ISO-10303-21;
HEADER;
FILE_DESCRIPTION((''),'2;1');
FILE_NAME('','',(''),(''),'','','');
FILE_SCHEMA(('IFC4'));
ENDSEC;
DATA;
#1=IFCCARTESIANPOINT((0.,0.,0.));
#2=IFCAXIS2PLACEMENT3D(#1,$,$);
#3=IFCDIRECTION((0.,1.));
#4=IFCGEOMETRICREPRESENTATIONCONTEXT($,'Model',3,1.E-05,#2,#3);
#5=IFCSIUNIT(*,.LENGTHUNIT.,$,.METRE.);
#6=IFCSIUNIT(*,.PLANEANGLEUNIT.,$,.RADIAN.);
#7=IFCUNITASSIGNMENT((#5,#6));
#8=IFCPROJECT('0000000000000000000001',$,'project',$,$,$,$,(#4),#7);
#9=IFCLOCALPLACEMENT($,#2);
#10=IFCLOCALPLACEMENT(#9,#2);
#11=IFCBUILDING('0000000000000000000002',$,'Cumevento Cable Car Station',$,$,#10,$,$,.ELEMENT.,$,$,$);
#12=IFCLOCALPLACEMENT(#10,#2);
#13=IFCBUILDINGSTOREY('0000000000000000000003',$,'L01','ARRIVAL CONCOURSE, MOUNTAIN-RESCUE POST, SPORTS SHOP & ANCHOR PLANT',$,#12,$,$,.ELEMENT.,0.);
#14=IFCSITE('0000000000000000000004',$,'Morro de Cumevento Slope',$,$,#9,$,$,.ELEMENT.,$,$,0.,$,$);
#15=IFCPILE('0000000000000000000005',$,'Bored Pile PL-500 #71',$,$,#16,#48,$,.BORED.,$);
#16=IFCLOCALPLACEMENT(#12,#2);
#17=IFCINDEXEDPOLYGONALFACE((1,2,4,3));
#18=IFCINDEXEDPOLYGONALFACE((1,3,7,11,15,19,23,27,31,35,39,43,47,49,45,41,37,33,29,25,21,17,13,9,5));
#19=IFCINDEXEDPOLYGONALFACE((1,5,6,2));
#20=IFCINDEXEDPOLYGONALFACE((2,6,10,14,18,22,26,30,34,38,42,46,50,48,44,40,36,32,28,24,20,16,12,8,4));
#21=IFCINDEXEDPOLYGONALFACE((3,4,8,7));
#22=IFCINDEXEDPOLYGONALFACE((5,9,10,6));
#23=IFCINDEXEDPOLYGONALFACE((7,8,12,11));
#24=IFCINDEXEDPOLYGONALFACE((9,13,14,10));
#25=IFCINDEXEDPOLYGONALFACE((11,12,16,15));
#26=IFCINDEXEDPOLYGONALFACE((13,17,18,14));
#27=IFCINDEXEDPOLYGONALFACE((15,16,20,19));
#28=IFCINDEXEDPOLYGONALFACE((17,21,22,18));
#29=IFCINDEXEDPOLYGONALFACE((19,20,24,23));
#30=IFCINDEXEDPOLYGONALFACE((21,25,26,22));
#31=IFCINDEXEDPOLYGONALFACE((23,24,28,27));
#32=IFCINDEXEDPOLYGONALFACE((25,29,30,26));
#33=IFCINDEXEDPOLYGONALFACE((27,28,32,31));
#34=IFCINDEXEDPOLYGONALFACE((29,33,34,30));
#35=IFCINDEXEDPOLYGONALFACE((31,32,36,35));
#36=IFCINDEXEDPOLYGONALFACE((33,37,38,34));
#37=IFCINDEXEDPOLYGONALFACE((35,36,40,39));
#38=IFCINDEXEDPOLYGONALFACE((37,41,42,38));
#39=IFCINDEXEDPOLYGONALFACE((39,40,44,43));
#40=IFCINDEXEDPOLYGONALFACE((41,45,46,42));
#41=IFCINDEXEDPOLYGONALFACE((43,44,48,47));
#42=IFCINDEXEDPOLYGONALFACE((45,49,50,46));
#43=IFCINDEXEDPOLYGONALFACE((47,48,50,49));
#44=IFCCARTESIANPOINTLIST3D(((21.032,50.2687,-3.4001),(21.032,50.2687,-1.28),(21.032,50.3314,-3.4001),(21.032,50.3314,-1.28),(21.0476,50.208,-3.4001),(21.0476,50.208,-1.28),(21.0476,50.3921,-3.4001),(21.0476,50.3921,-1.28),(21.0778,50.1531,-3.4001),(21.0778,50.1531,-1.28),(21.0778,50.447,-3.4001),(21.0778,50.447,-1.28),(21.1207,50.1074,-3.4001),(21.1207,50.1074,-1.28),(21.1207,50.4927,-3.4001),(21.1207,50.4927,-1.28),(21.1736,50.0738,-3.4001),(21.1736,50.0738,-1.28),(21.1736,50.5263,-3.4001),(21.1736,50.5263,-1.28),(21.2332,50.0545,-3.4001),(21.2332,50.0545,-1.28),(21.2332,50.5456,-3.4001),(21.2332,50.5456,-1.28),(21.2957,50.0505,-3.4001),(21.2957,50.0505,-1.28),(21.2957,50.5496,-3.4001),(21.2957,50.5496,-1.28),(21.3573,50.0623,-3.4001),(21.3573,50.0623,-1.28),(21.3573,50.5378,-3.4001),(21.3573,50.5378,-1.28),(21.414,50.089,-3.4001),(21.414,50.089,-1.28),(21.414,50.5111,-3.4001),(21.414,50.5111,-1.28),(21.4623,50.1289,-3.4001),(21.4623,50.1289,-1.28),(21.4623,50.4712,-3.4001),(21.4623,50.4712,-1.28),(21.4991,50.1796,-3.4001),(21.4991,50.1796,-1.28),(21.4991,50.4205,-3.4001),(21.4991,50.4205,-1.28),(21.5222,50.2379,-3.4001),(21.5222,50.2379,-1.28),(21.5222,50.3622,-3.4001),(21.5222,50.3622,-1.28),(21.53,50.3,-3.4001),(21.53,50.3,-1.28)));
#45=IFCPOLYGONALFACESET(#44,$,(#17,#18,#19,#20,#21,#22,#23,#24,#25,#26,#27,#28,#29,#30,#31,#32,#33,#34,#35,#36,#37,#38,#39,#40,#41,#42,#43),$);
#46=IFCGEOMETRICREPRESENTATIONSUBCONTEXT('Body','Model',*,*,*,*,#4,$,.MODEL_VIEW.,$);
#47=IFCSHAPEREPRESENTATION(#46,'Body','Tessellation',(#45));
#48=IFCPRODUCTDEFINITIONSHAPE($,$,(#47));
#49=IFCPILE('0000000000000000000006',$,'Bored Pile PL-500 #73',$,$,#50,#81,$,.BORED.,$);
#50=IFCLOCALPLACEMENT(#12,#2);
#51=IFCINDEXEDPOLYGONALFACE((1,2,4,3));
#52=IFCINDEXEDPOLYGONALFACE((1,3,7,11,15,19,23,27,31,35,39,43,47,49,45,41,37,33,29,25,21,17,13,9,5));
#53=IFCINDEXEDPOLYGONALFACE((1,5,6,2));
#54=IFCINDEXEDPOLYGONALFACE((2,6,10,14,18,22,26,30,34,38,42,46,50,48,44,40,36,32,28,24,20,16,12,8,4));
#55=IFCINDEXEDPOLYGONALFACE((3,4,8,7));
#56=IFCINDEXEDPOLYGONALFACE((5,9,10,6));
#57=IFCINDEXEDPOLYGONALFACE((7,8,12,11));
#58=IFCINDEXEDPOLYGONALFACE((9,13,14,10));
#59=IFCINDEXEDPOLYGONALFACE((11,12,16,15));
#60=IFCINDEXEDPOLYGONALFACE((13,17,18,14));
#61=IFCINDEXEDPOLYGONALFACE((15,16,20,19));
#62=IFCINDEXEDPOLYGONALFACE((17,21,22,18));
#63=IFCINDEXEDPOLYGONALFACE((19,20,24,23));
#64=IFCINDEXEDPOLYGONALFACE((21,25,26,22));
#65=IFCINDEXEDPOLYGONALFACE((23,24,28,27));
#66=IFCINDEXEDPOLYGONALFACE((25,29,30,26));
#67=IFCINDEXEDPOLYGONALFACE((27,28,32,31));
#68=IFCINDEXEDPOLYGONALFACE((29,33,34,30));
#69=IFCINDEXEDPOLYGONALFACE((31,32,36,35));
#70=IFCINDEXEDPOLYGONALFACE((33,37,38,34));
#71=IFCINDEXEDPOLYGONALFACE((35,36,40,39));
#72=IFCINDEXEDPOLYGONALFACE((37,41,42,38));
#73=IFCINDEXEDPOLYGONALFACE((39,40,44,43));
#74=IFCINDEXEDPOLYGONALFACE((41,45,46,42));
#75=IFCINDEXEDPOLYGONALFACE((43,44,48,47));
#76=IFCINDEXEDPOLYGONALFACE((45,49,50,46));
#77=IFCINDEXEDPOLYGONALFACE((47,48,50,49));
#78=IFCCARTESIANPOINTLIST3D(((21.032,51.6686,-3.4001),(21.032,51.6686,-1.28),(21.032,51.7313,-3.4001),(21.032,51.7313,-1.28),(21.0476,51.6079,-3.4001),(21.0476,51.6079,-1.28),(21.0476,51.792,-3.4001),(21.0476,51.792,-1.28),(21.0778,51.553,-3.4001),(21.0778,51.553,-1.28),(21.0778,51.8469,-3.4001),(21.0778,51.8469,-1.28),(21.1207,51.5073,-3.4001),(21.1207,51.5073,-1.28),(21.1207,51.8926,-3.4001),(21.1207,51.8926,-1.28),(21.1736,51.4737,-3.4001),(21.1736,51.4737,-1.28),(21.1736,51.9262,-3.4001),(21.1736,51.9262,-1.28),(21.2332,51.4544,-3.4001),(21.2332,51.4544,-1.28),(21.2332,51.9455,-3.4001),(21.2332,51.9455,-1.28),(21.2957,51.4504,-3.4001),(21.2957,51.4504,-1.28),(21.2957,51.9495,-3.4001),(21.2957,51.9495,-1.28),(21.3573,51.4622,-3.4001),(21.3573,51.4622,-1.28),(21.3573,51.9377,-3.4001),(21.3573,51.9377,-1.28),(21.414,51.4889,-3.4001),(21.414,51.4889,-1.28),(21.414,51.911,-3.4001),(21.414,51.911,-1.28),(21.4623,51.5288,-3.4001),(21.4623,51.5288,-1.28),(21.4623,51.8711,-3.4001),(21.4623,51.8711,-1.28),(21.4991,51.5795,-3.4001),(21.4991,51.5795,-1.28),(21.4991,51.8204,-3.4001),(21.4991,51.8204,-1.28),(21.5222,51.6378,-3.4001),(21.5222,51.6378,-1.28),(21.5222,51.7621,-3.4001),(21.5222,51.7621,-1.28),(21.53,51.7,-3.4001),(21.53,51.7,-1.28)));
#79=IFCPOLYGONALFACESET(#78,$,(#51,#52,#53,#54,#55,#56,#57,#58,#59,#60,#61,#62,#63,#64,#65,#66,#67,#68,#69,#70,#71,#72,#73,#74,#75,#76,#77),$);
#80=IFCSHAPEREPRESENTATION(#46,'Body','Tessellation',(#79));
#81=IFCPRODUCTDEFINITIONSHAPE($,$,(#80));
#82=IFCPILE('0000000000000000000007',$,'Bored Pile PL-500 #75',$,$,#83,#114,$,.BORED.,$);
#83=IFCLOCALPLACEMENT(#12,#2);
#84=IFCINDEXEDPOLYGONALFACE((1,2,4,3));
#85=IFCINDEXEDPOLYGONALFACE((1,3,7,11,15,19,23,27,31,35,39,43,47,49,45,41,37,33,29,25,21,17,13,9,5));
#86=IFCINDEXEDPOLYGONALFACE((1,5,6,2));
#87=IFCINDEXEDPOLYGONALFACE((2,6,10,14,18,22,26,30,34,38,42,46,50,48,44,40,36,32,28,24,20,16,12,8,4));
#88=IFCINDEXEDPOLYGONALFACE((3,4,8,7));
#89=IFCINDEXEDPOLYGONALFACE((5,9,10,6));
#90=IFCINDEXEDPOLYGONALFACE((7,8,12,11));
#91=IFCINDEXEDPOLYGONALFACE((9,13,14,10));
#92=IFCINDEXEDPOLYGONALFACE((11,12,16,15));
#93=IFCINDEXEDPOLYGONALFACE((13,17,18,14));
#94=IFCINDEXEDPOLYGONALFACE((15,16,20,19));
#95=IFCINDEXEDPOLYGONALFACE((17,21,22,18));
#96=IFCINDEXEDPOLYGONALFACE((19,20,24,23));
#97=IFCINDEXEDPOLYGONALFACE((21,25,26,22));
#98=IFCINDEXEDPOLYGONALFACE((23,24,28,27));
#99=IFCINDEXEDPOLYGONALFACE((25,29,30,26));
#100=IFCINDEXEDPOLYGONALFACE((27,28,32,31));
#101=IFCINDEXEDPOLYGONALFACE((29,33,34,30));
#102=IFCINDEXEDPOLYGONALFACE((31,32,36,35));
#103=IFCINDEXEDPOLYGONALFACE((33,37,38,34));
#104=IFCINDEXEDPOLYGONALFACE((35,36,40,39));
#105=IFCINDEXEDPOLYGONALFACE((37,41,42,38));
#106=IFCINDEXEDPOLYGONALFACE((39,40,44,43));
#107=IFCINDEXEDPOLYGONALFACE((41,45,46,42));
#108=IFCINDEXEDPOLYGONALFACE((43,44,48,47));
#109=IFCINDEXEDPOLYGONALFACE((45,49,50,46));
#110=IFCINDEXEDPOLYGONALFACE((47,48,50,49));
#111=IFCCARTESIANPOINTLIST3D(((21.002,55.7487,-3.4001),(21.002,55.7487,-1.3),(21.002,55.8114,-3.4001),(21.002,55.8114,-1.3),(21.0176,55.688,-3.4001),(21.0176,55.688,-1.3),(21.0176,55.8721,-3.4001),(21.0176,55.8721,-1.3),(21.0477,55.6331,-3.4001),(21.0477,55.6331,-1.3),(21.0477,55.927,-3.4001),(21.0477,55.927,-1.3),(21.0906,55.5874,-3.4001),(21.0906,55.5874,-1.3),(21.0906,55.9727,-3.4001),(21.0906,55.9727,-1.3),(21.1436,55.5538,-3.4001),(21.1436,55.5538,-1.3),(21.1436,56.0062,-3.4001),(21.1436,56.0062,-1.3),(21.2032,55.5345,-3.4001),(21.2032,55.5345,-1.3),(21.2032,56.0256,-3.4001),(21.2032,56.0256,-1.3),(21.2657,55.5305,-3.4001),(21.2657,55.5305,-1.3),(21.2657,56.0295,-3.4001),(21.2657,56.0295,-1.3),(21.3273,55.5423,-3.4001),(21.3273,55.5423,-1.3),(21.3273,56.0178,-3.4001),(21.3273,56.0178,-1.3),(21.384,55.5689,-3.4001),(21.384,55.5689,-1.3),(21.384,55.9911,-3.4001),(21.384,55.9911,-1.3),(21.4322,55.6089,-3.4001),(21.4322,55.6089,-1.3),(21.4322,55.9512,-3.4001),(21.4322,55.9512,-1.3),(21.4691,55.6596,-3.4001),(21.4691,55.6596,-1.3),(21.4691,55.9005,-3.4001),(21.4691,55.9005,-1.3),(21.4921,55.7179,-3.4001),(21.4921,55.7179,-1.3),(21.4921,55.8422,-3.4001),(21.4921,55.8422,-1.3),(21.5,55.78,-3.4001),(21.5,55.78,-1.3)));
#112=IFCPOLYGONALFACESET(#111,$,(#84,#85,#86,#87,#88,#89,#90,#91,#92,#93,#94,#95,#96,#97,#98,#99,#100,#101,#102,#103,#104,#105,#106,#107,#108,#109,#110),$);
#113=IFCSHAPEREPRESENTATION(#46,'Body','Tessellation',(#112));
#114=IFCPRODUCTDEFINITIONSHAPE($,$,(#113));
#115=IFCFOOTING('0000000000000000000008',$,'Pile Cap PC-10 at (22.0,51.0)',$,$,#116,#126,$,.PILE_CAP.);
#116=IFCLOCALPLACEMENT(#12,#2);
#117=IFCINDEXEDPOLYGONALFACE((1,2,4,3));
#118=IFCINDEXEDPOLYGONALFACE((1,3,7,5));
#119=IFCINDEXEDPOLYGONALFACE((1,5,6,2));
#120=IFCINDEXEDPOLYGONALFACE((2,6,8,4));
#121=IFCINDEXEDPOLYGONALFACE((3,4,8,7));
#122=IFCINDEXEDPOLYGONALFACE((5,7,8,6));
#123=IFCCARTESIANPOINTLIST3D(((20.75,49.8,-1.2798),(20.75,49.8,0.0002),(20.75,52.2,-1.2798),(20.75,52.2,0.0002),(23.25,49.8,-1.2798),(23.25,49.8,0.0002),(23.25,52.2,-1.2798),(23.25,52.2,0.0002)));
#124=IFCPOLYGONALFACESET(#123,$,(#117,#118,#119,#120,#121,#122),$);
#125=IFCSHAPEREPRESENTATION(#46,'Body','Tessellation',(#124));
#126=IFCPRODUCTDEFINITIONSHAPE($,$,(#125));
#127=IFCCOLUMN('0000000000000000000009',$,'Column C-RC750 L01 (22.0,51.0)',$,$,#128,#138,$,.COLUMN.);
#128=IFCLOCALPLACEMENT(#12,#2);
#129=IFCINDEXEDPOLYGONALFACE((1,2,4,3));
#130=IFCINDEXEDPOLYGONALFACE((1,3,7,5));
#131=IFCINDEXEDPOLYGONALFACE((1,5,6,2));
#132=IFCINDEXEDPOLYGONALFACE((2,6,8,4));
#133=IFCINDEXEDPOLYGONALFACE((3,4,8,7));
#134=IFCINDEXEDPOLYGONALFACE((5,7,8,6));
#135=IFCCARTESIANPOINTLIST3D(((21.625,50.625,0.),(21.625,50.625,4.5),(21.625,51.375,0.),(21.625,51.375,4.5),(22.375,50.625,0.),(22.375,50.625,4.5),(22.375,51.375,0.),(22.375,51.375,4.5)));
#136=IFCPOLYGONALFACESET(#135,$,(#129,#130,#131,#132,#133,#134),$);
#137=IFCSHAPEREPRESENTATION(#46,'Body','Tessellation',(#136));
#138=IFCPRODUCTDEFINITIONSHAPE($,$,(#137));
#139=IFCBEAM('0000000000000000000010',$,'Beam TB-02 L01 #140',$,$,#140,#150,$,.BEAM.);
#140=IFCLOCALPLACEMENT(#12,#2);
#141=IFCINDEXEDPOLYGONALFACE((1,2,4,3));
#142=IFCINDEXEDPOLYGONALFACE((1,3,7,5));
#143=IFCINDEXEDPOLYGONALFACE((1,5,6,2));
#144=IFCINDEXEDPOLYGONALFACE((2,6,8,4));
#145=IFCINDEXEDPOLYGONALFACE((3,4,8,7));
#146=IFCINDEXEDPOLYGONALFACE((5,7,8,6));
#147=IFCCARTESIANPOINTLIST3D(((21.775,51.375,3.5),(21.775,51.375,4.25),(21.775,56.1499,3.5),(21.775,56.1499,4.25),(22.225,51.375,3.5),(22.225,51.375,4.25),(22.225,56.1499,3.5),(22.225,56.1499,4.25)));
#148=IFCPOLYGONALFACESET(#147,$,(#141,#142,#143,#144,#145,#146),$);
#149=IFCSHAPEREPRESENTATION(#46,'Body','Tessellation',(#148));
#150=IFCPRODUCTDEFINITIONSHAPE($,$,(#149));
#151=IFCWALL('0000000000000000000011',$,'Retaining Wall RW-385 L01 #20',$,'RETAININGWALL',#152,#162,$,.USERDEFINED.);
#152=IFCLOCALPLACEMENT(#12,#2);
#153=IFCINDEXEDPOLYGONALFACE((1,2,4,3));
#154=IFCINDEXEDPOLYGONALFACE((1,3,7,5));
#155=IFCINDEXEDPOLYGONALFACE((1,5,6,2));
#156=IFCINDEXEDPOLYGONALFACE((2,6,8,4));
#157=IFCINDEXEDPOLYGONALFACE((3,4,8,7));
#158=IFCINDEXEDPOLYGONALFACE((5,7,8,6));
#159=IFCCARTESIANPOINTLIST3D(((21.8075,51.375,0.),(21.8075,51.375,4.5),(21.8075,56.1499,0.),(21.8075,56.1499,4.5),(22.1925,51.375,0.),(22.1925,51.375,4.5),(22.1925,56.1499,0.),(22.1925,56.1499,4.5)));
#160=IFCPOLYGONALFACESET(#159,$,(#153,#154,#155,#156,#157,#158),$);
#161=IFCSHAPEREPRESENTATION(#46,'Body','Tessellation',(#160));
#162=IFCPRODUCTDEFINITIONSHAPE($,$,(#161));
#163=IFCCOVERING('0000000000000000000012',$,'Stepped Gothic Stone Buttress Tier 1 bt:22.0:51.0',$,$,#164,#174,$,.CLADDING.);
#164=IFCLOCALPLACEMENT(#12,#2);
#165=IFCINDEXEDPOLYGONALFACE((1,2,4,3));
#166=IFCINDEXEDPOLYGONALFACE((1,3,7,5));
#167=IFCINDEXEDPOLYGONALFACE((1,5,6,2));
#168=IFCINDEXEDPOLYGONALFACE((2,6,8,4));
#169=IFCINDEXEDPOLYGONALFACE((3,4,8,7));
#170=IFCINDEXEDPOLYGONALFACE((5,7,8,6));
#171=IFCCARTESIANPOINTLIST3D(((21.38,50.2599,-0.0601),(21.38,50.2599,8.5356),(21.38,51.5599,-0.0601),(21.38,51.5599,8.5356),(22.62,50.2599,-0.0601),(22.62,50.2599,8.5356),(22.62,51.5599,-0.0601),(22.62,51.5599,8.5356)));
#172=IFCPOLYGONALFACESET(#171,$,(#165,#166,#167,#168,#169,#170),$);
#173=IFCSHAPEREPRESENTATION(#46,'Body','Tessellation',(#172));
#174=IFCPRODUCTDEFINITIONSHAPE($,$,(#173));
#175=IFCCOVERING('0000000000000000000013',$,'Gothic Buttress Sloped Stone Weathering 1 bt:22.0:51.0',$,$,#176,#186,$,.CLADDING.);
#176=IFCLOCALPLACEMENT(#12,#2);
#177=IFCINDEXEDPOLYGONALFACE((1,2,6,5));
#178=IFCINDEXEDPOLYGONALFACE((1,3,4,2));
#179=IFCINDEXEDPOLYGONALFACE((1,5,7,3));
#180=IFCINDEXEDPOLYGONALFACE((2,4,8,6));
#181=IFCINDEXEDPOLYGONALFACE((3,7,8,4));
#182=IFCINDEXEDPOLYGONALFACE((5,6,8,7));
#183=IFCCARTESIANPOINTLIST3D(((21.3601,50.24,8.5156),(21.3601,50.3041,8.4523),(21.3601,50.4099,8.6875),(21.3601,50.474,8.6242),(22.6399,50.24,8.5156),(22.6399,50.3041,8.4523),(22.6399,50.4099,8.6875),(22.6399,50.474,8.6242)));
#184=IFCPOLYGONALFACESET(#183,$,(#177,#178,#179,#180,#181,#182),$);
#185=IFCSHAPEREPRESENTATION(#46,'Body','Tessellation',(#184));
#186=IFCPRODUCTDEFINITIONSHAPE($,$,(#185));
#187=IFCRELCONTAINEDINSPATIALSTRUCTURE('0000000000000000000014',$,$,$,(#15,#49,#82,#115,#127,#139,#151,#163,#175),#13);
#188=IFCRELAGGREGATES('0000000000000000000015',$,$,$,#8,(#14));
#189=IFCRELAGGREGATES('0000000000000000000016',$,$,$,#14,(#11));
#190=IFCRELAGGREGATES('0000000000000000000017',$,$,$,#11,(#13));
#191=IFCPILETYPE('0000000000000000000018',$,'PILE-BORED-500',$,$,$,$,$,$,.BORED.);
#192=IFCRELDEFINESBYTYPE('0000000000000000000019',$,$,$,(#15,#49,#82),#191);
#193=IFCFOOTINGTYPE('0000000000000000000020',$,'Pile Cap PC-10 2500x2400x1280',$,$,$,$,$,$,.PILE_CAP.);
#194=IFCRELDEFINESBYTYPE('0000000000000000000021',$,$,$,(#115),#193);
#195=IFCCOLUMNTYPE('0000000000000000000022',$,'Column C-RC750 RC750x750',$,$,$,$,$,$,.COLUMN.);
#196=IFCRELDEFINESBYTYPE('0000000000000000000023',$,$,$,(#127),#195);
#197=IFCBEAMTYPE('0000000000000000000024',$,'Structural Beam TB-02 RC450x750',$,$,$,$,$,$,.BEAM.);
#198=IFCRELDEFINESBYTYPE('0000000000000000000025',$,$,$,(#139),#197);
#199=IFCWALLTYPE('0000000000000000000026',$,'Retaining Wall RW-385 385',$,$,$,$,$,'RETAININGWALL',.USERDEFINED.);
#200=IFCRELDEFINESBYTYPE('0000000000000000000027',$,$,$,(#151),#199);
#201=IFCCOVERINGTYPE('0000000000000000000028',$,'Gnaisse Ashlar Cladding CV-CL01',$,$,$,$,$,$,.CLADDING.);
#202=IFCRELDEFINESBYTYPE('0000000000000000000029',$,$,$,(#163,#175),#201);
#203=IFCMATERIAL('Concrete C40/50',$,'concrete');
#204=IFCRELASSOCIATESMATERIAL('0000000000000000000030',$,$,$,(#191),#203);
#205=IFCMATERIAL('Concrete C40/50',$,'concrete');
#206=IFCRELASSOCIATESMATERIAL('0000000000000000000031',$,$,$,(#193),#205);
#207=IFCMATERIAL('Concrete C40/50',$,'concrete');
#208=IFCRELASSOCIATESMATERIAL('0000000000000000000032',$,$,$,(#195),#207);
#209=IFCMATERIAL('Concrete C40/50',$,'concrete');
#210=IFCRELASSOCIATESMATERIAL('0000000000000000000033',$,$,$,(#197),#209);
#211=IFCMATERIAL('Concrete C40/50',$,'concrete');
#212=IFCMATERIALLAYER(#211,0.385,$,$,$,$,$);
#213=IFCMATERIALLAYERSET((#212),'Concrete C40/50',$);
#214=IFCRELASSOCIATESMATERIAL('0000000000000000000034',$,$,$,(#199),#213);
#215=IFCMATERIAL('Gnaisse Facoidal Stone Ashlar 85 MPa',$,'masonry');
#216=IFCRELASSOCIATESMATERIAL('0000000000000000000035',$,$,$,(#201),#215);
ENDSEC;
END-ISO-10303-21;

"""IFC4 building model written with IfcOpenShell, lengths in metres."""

from ifc_helpers import new_model, si_unit, direction, frame, frame_2d, origin, origin_2d, place, context, subcontext, project, spatial, polyline, rectangle, circle, outline, extrude, material, layer, layer_set, material_profile, profile_set, type_object, element, save


model = new_model("IFC4")

# Units and contexts
model_context = context("Model", 3, precision=1e-05, world=origin(), true_north=direction((0.0, 1.0)))
body_context = subcontext(model_context, "Body", "Model", "MODEL_VIEW")
ifc_project = project(units=[si_unit("LENGTHUNIT", "METRE"), si_unit("PLANEANGLEUNIT", "RADIAN")], contexts=[model_context])

# Site, building, storey
site_placement = place(None, origin())
site = spatial("IfcSite", under=ifc_project, at=site_placement, Name="Morro de Cumevento Slope", CompositionType="ELEMENT", RefElevation=0.0)
building_placement = place(site_placement, origin())
building = spatial("IfcBuilding", under=site, at=building_placement, Name="Cumevento Cable Car Station", CompositionType="ELEMENT")
storey_placement = place(building_placement, origin())
storey = spatial("IfcBuildingStorey", under=building, at=storey_placement, Name="L01", Description="ARRIVAL CONCOURSE, MOUNTAIN-RESCUE POST, SPORTS SHOP & ANCHOR PLANT", CompositionType="ELEMENT", Elevation=0.0)

# Piles
ifc_material_1 = material(Name="Concrete C40/50", Category="concrete")
ifc_material_profile_1 = material_profile(ifc_material_1, circle(Radius=0.25, at=origin_2d()), Name="PILE-D500")
ifc_profile_set_1 = profile_set([ifc_material_profile_1], Name="Concrete C40/50")
pile_type = type_object("IfcPileType", Name="PILE-BORED-500", PredefinedType="BORED", material=ifc_profile_set_1)
for number, where, z_axis, x_axis, name in (
    (1, (21.28, 50.3, -1.28), (0.0, 0.0, -1.0), (1.0, 0.0, 0.0), "Bored Pile PL-500 #71"),
    (2, (21.28, 51.7, -1.28), (0.0, 0.0, -1.0), (1.0, 0.0, 0.0), "Bored Pile PL-500 #73"),
):
    element("IfcPile", number, at=place(storey_placement, frame(where, z_axis=z_axis, x_axis=x_axis)), inside=storey, type_object=pile_type, Name=name, PredefinedType="BORED", context=body_context, shape_type="SweptSolid", body=[
        extrude(circle(Radius=0.25, at=origin_2d()), origin(), (0.0, 0.0, 1.0), 2.1201),
    ])
pile_placement = place(storey_placement, frame((21.25, 55.78, -1.3), z_axis=(0.0, 0.0, -1.0), x_axis=(1.0, 0.0, 0.0)))
element("IfcPile", 3, at=pile_placement, inside=storey, type_object=pile_type, Name="Bored Pile PL-500 #75", PredefinedType="BORED", context=body_context, shape_type="SweptSolid", body=[
    extrude(circle(Radius=0.25, at=origin_2d()), origin(), (0.0, 0.0, 1.0), 2.1001),
])

# Footing
ifc_material_2 = material(Name="Concrete C40/50", Category="concrete")
footing_type = type_object("IfcFootingType", Name="Pile Cap PC-10 2500x2400x1280", PredefinedType="PILE_CAP", material=ifc_material_2)
footing_placement = place(storey_placement, frame((22.0, 51.0, -1.2798), z_axis=(0.0, 0.0, 1.0), x_axis=(1.0, 0.0, 0.0)))
element("IfcFooting", 4, at=footing_placement, inside=storey, type_object=footing_type, Name="Pile Cap PC-10 at (22.0,51.0)", PredefinedType="PILE_CAP", context=body_context, shape_type="SweptSolid", body=[
    extrude(rectangle(XDim=2.5, YDim=2.3999, at=origin_2d()), origin(), (0.0, 0.0, 1.0), 1.28),
])

# Column
ifc_material_3 = material(Name="Concrete C40/50", Category="concrete")
ifc_material_profile_2 = material_profile(ifc_material_3, rectangle(XDim=0.75, YDim=0.75, at=origin_2d()), Name="RC750x750")
ifc_profile_set_2 = profile_set([ifc_material_profile_2], Name="Concrete C40/50")
column_type = type_object("IfcColumnType", Name="Column C-RC750 RC750x750", PredefinedType="COLUMN", material=ifc_profile_set_2)
column_placement = place(storey_placement, frame((22.0, 51.0, 0.0), z_axis=(0.0, 0.0, 1.0), x_axis=(1.0, 0.0, 0.0)))
element("IfcColumn", 5, at=column_placement, inside=storey, type_object=column_type, Name="Column C-RC750 L01 (22.0,51.0)", PredefinedType="COLUMN", context=body_context, shape_type="SweptSolid", body=[
    extrude(rectangle(XDim=0.75, YDim=0.75, at=origin_2d()), origin(), (0.0, 0.0, 1.0), 4.5),
])

# Beam
ifc_material_4 = material(Name="Concrete C40/50", Category="concrete")
ifc_material_profile_3 = material_profile(ifc_material_4, rectangle(XDim=0.45, YDim=0.75, at=origin_2d()), Name="RC450x750")
ifc_profile_set_3 = profile_set([ifc_material_profile_3], Name="Concrete C40/50")
beam_type = type_object("IfcBeamType", Name="Structural Beam TB-02 RC450x750", PredefinedType="BEAM", material=ifc_profile_set_3)
beam_placement = place(storey_placement, frame((22.0, 51.375, 3.875), z_axis=(0.0, 1.0, 0.0), x_axis=(-1.0, 0.0, 0.0)))
element("IfcBeam", 6, at=beam_placement, inside=storey, type_object=beam_type, Name="Beam TB-02 L01 #140", PredefinedType="BEAM", context=body_context, shape_type="SweptSolid", body=[
    extrude(rectangle(XDim=0.45, YDim=0.75, at=origin_2d()), origin(), (0.0, 0.0, 1.0), 4.7749),
])

# Wall
ifc_material_5 = material(Name="Concrete C40/50", Category="concrete")
ifc_layer = layer(ifc_material_5, 0.385)
ifc_layer_set = layer_set([ifc_layer], Name="Concrete C40/50")
wall_type = type_object("IfcWallType", Name="Retaining Wall RW-385 385", ElementType="RETAININGWALL", PredefinedType="USERDEFINED", material=ifc_layer_set)
wall_placement = place(storey_placement, frame((22.0, 51.375, 0.0), z_axis=(0.0, 0.0, 1.0), x_axis=(0.0, 1.0, 0.0)))
element("IfcWall", 7, at=wall_placement, inside=storey, type_object=wall_type, Name="Retaining Wall RW-385 L01 #20", ObjectType="RETAININGWALL", PredefinedType="USERDEFINED", context=body_context, shape_type="SweptSolid", body=[
    extrude(rectangle(XDim=4.7749, YDim=0.385, at=frame_2d((2.3875, 0.0))), origin(), (0.0, 0.0, 1.0), 4.5),
])

# Coverings
ifc_material_6 = material(Name="Gnaisse Facoidal Stone Ashlar 85 MPa", Category="masonry")
covering_type = type_object("IfcCoveringType", Name="Gnaisse Ashlar Cladding CV-CL01", PredefinedType="CLADDING", material=ifc_material_6)
covering_1_placement = place(storey_placement, frame((22.0, 50.9099, -0.0601), z_axis=(0.0, 0.0, 1.0), x_axis=(1.0, 0.0, 0.0)))
element("IfcCovering", 8, at=covering_1_placement, inside=storey, type_object=covering_type, Name="Stepped Gothic Stone Buttress Tier 1 bt:22.0:51.0", PredefinedType="CLADDING", context=body_context, shape_type="SweptSolid", body=[
    extrude(rectangle(XDim=1.24, YDim=1.3, at=origin_2d()), origin(), (0.0, 0.0, 1.0), 8.5957),
])
covering_2_placement = place(storey_placement, frame((21.3601, 50.24, 8.5156), z_axis=(0.0, -0.711136, 0.703055), x_axis=(1.0, 0.0, 0.0)))
element("IfcCovering", 9, at=covering_2_placement, inside=storey, type_object=covering_type, Name="Gothic Buttress Sloped Stone Weathering 1 bt:22.0:51.0", PredefinedType="CLADDING", context=body_context, shape_type="SweptSolid", body=[
    extrude(outline(polyline([(0.0, 0.0), (1.2798, 0.0), (1.2798, 0.2417), (0.0, 0.2417), (0.0, 0.0)])), origin(), (0.0, 0.0, -1.0), 0.0901),
])

save(model, "model.ifc")
